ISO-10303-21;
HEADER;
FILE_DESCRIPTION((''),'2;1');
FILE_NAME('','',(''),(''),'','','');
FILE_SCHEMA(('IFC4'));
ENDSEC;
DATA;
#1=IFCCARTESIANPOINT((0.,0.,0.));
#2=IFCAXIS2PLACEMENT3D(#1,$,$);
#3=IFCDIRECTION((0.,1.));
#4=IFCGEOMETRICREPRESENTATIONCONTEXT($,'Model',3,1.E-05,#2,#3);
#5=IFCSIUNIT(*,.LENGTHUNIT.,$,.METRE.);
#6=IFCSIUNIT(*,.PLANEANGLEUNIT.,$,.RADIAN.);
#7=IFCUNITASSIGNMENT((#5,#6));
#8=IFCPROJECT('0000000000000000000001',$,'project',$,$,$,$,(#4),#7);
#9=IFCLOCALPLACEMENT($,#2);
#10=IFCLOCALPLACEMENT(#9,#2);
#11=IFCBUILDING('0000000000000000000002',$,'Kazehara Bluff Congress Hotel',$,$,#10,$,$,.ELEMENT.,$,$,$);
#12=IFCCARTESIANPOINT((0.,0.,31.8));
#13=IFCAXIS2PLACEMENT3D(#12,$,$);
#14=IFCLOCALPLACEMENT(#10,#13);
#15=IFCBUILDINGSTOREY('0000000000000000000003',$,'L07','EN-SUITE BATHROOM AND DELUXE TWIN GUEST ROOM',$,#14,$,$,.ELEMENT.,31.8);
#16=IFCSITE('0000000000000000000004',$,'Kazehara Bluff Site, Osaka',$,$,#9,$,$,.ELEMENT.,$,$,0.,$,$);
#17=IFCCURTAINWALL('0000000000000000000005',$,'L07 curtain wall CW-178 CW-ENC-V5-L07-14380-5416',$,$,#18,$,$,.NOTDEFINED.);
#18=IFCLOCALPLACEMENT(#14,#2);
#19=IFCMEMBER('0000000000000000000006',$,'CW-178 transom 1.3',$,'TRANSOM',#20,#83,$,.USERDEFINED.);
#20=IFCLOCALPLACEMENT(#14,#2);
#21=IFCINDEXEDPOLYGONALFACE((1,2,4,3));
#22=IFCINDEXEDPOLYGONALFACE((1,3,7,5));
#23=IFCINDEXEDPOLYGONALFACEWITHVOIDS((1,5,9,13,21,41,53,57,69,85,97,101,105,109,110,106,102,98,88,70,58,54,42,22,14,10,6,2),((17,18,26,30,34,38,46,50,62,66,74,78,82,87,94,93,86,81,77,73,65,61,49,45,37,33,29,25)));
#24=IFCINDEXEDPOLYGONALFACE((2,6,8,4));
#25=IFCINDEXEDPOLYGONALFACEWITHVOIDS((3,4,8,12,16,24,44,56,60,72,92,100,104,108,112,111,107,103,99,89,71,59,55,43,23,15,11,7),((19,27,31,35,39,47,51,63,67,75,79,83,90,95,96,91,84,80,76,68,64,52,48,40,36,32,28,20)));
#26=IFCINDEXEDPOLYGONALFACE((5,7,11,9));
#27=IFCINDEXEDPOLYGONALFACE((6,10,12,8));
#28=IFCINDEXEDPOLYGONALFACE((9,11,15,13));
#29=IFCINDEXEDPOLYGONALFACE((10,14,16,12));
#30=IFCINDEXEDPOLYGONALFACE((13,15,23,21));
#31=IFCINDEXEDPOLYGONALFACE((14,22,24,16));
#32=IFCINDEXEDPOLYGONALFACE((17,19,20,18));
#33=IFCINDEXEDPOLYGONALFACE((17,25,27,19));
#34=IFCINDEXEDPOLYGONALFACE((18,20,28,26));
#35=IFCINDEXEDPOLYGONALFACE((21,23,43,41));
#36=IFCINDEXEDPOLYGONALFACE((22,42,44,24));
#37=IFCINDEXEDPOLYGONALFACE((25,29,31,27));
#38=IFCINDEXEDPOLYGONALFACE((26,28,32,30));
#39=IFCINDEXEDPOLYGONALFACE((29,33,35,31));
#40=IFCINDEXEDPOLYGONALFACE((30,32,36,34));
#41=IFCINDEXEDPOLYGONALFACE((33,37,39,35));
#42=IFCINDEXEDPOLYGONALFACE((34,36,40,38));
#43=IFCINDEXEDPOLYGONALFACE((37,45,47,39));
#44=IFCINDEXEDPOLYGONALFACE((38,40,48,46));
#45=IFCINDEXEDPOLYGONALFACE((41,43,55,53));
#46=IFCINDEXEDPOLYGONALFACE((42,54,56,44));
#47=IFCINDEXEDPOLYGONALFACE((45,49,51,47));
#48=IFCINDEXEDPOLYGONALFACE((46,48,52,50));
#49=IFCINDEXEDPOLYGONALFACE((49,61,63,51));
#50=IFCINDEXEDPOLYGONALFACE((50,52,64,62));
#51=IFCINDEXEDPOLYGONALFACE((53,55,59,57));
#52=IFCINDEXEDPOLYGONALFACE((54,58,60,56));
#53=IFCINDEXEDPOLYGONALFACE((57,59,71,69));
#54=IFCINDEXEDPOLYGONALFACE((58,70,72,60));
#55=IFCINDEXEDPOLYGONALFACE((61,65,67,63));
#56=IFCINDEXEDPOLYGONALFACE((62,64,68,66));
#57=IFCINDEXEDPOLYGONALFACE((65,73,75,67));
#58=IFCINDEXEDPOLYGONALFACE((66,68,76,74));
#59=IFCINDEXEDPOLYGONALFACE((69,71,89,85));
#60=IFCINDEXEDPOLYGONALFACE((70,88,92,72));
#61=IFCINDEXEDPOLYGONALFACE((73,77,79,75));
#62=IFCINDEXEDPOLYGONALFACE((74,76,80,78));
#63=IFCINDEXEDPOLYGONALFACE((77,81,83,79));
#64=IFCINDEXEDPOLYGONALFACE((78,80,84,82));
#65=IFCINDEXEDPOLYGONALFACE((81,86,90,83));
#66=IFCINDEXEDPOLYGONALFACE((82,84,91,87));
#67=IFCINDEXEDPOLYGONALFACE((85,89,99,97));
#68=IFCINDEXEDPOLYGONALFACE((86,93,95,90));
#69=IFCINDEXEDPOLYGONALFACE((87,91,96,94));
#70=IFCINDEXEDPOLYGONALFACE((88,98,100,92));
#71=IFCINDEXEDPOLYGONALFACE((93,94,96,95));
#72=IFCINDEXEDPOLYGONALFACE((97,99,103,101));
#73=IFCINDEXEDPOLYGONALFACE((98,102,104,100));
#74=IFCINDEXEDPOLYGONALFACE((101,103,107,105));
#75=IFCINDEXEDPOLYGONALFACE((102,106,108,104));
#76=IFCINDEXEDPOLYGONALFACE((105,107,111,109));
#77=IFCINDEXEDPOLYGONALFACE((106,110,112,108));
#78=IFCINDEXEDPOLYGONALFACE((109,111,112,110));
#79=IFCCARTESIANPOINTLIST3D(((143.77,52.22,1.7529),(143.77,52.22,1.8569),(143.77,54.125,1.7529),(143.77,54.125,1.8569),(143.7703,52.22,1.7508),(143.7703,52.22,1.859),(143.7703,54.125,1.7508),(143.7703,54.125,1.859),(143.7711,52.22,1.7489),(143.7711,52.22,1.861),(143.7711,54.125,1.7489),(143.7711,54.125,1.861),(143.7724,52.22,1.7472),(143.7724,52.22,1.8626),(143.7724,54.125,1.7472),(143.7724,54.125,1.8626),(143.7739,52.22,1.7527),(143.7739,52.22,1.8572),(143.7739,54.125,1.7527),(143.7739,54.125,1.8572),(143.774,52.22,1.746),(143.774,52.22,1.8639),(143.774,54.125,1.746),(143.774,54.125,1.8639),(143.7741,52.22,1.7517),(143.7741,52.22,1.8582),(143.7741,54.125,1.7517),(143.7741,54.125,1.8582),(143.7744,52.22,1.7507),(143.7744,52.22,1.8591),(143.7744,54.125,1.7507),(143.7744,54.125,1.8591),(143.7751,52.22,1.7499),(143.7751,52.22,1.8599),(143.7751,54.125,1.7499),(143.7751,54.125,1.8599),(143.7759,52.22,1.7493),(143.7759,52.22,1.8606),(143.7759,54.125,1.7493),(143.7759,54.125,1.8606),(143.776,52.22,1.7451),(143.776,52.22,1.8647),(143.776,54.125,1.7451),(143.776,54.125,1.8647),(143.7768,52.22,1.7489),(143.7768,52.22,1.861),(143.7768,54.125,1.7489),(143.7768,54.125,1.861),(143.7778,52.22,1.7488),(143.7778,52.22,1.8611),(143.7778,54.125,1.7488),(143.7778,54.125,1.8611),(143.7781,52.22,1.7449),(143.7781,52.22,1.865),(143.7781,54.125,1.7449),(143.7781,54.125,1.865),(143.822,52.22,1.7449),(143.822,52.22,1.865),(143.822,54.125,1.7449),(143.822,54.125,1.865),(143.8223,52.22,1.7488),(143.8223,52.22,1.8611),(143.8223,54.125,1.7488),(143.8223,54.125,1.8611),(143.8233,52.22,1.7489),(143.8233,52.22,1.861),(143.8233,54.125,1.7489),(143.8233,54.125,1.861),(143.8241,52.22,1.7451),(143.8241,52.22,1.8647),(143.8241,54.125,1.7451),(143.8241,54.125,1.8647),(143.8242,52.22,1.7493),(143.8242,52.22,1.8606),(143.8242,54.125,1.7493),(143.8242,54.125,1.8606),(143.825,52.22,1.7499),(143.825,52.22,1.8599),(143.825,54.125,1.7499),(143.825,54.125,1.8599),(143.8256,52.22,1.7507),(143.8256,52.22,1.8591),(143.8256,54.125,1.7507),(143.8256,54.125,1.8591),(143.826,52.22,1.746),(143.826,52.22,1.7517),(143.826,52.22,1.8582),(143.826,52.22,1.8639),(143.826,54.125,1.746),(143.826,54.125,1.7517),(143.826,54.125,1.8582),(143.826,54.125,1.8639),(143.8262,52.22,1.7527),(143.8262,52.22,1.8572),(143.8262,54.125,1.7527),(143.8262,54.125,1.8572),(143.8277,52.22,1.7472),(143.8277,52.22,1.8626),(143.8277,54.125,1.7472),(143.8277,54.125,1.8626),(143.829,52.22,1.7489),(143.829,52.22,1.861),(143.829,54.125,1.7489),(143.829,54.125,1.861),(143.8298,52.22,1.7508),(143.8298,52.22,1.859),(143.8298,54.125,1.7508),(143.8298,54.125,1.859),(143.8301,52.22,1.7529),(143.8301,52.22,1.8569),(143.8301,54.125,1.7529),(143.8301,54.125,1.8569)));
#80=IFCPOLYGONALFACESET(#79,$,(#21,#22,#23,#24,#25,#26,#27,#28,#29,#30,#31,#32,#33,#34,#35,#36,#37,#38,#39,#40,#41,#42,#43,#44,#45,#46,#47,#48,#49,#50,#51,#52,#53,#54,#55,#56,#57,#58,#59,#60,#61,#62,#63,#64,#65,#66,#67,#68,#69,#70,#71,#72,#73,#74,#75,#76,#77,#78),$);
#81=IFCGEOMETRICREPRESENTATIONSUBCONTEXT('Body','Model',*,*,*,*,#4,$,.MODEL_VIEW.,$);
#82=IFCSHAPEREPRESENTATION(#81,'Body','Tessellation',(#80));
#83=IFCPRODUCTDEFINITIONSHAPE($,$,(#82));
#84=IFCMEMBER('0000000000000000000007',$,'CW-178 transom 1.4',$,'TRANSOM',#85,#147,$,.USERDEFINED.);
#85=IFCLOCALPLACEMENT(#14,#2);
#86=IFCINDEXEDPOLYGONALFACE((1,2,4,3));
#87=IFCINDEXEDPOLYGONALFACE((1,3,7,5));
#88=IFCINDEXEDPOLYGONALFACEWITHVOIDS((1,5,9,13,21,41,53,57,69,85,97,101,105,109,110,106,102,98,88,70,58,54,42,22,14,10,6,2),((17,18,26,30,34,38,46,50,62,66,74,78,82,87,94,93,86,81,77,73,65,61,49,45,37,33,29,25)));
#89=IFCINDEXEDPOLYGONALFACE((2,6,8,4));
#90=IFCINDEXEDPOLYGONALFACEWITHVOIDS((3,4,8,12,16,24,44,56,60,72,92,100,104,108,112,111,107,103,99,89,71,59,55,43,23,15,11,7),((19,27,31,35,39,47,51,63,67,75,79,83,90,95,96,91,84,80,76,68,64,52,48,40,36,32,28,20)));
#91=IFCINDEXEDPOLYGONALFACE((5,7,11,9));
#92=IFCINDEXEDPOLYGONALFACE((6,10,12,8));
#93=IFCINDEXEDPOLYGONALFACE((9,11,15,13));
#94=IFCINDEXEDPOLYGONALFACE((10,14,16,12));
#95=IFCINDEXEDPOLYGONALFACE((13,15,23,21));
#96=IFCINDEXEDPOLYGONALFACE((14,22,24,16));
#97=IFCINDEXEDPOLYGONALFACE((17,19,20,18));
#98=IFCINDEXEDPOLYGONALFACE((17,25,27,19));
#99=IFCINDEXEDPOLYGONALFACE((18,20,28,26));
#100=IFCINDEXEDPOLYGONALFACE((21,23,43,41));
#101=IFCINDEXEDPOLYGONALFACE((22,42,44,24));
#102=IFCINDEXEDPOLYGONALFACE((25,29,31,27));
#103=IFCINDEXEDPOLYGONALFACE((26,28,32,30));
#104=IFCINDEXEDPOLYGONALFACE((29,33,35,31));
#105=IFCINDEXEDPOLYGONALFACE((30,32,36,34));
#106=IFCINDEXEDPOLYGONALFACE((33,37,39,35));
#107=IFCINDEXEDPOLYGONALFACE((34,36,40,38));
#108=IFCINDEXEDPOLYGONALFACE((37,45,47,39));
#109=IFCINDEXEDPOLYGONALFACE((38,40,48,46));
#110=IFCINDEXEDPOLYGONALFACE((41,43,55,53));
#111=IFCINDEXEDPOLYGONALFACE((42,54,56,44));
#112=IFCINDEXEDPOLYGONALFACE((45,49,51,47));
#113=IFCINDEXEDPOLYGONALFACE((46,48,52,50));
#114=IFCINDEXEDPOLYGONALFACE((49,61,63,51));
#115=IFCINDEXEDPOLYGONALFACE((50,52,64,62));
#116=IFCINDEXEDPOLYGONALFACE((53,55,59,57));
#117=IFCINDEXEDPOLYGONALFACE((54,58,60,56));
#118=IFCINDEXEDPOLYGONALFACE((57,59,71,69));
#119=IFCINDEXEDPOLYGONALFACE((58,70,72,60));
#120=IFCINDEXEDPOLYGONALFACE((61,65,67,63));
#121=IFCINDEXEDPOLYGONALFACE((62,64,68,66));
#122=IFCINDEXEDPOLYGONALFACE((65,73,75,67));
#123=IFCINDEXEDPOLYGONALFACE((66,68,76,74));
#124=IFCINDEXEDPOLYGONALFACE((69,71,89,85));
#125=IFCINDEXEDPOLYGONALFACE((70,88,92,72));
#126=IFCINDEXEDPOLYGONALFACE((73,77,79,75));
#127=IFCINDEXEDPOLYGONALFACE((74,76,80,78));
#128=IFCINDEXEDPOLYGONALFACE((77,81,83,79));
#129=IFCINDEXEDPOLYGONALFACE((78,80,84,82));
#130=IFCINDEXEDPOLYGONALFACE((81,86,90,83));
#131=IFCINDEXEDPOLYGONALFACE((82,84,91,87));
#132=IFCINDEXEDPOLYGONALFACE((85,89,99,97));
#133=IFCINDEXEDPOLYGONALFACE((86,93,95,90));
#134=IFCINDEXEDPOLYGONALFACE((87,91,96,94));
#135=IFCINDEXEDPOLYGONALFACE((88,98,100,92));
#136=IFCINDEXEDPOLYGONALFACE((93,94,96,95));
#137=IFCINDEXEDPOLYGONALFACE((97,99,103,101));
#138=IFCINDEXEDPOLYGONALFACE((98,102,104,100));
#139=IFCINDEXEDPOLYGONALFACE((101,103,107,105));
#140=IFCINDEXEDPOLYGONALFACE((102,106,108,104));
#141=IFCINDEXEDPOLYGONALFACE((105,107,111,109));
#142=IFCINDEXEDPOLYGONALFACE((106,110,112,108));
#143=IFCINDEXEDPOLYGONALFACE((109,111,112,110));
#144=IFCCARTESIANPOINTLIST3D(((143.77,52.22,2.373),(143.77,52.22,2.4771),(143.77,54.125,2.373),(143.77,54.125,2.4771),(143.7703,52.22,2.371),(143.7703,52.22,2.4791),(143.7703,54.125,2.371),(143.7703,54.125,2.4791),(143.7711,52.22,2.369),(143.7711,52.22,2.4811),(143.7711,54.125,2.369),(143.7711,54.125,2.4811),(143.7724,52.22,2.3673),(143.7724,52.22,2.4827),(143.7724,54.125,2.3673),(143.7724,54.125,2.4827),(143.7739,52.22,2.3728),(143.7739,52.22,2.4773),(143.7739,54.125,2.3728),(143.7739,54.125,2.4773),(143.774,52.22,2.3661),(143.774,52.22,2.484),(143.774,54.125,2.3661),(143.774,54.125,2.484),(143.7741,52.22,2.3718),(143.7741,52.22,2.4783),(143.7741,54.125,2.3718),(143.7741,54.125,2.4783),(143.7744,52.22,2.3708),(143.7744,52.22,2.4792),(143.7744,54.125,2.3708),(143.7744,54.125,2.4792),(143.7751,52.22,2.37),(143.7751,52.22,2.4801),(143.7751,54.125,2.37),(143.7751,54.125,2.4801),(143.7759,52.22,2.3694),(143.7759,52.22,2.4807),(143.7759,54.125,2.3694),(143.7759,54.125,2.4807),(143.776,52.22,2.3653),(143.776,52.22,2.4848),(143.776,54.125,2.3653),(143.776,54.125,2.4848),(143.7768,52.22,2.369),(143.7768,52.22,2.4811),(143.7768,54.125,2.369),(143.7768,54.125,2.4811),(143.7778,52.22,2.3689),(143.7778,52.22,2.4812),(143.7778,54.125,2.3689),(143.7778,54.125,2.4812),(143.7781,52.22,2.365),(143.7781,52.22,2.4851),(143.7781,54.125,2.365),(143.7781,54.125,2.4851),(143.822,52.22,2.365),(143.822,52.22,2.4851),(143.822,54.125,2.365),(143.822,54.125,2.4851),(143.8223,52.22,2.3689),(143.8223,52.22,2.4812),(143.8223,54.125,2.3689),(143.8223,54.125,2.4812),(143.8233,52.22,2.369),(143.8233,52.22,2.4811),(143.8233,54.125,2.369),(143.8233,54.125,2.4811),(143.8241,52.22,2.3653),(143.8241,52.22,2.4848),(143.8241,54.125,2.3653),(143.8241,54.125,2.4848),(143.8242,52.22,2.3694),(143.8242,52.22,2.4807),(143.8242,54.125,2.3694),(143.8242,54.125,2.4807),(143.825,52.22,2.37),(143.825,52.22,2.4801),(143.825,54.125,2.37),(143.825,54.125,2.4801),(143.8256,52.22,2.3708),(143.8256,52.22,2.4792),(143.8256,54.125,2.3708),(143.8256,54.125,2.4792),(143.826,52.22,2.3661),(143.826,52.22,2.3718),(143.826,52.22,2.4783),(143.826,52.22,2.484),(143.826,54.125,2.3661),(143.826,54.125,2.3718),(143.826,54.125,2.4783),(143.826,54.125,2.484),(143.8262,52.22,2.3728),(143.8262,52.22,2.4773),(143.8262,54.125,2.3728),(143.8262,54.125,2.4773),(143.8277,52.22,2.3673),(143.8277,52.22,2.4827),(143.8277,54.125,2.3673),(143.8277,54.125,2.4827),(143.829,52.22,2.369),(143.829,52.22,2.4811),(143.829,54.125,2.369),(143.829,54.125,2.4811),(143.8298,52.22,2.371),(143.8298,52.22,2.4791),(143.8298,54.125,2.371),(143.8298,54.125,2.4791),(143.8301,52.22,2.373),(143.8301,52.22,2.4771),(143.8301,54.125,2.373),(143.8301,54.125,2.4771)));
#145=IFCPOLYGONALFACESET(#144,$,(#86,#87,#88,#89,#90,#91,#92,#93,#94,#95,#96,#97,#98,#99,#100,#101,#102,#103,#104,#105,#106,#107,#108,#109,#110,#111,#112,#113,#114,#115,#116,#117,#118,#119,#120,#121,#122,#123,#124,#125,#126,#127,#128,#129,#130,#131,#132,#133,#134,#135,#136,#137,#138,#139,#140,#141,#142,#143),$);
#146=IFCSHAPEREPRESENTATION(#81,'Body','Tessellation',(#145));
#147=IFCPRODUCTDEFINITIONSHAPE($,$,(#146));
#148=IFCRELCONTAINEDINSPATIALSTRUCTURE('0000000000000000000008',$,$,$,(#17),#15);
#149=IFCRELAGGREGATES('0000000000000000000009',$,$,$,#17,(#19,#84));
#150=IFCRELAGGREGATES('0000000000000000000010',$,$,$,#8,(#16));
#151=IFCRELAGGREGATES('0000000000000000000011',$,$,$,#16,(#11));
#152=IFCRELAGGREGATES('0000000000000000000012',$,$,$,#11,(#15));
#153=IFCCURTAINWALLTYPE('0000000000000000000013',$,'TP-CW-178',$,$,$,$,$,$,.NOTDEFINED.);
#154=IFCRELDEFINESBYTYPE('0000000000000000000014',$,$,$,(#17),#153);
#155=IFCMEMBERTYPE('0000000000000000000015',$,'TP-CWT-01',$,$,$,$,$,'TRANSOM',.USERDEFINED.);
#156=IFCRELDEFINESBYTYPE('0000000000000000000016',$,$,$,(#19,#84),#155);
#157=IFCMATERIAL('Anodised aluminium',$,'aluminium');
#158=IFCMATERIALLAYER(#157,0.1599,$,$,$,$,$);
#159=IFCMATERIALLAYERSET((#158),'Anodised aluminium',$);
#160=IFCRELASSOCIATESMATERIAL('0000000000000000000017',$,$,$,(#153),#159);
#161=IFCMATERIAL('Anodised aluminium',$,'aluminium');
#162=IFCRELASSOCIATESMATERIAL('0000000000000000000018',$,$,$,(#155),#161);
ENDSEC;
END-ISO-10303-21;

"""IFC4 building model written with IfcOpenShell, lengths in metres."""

from ifc_helpers import new_model, si_unit, direction, frame, origin, origin_2d, place, context, subcontext, project, spatial, hollow_rectangle, extrude, material, layer, layer_set, material_profile, profile_set, type_object, element, aggregate, save


model = new_model("IFC4")

# Units and contexts
model_context = context("Model", 3, precision=1e-05, world=origin(), true_north=direction((0.0, 1.0)))
body_context = subcontext(model_context, "Body", "Model", "MODEL_VIEW")
ifc_project = project(units=[si_unit("LENGTHUNIT", "METRE"), si_unit("PLANEANGLEUNIT", "RADIAN")], contexts=[model_context])

# Site, building, storey
site_placement = place(None, origin())
site = spatial("IfcSite", under=ifc_project, at=site_placement, Name="Kazehara Bluff Site, Osaka", CompositionType="ELEMENT", RefElevation=0.0)
building_placement = place(site_placement, origin())
building = spatial("IfcBuilding", under=site, at=building_placement, Name="Kazehara Bluff Congress Hotel", CompositionType="ELEMENT")
storey_placement = place(building_placement, frame((0.0, 0.0, 31.8)))
storey = spatial("IfcBuildingStorey", under=building, at=storey_placement, Name="L07", Description="EN-SUITE BATHROOM AND DELUXE TWIN GUEST ROOM", CompositionType="ELEMENT", Elevation=31.8)

# Curtain wall
ifc_material_1 = material(Name="Anodised aluminium", Category="aluminium")
ifc_layer_1 = layer(ifc_material_1, 0.1599)
ifc_layer_set_1 = layer_set([ifc_layer_1], Name="Anodised aluminium")
curtain_wall_type_1 = type_object("IfcCurtainWallType", Name="TP-CW-178", PredefinedType="NOTDEFINED", material=ifc_layer_set_1)
curtain_wall_1_placement = place(storey_placement, origin())
curtain_wall_1 = element("IfcCurtainWall", 1, at=curtain_wall_1_placement, inside=storey, type_object=curtain_wall_type_1, Name="L07 curtain wall CW-178 CW-ENC-V5-L07-14380-5416", PredefinedType="NOTDEFINED")

# Members
ifc_material_2 = material(Name="Anodised aluminium", Category="aluminium")
ifc_material_profile_1 = material_profile(ifc_material_2, hollow_rectangle(XDim=0.0601, YDim=0.1201, WallThickness=0.0039, InnerFilletRadius=0.0039, OuterFilletRadius=0.0081, at=origin_2d()))
ifc_profile_set_1 = profile_set([ifc_material_profile_1], Name="Anodised aluminium")
member_type_1 = type_object("IfcMemberType", Name="TP-CWT-01", ElementType="TRANSOM", PredefinedType="USERDEFINED", material=ifc_profile_set_1)
member_1_placement = place(storey_placement, frame((143.8, 52.22, 1.8049), z_axis=(0.0, 1.0, 0.0), x_axis=(-1.0, 0.0, 0.0)))
member_1 = element("IfcMember", 2, at=member_1_placement, type_object=member_type_1, Name="CW-178 transom 1.3", ObjectType="TRANSOM", PredefinedType="USERDEFINED", context=body_context, shape_type="SweptSolid", body=[
    extrude(hollow_rectangle(XDim=0.0601, YDim=0.1201, WallThickness=0.0039, InnerFilletRadius=0.0039, OuterFilletRadius=0.0081, at=origin_2d()), origin(), (0.0, 0.0, 1.0), 1.905),
])
member_2_placement = place(storey_placement, frame((143.8, 52.22, 2.425), z_axis=(0.0, 1.0, 0.0), x_axis=(-1.0, 0.0, 0.0)))
member_2 = element("IfcMember", 3, at=member_2_placement, type_object=member_type_1, Name="CW-178 transom 1.4", ObjectType="TRANSOM", PredefinedType="USERDEFINED", context=body_context, shape_type="SweptSolid", body=[
    extrude(hollow_rectangle(XDim=0.0601, YDim=0.1201, WallThickness=0.0039, InnerFilletRadius=0.0039, OuterFilletRadius=0.0081, at=origin_2d()), origin(), (0.0, 0.0, 1.0), 1.905),
])

aggregate(curtain_wall_1, [member_1, member_2])

save(model, "model.ifc")
